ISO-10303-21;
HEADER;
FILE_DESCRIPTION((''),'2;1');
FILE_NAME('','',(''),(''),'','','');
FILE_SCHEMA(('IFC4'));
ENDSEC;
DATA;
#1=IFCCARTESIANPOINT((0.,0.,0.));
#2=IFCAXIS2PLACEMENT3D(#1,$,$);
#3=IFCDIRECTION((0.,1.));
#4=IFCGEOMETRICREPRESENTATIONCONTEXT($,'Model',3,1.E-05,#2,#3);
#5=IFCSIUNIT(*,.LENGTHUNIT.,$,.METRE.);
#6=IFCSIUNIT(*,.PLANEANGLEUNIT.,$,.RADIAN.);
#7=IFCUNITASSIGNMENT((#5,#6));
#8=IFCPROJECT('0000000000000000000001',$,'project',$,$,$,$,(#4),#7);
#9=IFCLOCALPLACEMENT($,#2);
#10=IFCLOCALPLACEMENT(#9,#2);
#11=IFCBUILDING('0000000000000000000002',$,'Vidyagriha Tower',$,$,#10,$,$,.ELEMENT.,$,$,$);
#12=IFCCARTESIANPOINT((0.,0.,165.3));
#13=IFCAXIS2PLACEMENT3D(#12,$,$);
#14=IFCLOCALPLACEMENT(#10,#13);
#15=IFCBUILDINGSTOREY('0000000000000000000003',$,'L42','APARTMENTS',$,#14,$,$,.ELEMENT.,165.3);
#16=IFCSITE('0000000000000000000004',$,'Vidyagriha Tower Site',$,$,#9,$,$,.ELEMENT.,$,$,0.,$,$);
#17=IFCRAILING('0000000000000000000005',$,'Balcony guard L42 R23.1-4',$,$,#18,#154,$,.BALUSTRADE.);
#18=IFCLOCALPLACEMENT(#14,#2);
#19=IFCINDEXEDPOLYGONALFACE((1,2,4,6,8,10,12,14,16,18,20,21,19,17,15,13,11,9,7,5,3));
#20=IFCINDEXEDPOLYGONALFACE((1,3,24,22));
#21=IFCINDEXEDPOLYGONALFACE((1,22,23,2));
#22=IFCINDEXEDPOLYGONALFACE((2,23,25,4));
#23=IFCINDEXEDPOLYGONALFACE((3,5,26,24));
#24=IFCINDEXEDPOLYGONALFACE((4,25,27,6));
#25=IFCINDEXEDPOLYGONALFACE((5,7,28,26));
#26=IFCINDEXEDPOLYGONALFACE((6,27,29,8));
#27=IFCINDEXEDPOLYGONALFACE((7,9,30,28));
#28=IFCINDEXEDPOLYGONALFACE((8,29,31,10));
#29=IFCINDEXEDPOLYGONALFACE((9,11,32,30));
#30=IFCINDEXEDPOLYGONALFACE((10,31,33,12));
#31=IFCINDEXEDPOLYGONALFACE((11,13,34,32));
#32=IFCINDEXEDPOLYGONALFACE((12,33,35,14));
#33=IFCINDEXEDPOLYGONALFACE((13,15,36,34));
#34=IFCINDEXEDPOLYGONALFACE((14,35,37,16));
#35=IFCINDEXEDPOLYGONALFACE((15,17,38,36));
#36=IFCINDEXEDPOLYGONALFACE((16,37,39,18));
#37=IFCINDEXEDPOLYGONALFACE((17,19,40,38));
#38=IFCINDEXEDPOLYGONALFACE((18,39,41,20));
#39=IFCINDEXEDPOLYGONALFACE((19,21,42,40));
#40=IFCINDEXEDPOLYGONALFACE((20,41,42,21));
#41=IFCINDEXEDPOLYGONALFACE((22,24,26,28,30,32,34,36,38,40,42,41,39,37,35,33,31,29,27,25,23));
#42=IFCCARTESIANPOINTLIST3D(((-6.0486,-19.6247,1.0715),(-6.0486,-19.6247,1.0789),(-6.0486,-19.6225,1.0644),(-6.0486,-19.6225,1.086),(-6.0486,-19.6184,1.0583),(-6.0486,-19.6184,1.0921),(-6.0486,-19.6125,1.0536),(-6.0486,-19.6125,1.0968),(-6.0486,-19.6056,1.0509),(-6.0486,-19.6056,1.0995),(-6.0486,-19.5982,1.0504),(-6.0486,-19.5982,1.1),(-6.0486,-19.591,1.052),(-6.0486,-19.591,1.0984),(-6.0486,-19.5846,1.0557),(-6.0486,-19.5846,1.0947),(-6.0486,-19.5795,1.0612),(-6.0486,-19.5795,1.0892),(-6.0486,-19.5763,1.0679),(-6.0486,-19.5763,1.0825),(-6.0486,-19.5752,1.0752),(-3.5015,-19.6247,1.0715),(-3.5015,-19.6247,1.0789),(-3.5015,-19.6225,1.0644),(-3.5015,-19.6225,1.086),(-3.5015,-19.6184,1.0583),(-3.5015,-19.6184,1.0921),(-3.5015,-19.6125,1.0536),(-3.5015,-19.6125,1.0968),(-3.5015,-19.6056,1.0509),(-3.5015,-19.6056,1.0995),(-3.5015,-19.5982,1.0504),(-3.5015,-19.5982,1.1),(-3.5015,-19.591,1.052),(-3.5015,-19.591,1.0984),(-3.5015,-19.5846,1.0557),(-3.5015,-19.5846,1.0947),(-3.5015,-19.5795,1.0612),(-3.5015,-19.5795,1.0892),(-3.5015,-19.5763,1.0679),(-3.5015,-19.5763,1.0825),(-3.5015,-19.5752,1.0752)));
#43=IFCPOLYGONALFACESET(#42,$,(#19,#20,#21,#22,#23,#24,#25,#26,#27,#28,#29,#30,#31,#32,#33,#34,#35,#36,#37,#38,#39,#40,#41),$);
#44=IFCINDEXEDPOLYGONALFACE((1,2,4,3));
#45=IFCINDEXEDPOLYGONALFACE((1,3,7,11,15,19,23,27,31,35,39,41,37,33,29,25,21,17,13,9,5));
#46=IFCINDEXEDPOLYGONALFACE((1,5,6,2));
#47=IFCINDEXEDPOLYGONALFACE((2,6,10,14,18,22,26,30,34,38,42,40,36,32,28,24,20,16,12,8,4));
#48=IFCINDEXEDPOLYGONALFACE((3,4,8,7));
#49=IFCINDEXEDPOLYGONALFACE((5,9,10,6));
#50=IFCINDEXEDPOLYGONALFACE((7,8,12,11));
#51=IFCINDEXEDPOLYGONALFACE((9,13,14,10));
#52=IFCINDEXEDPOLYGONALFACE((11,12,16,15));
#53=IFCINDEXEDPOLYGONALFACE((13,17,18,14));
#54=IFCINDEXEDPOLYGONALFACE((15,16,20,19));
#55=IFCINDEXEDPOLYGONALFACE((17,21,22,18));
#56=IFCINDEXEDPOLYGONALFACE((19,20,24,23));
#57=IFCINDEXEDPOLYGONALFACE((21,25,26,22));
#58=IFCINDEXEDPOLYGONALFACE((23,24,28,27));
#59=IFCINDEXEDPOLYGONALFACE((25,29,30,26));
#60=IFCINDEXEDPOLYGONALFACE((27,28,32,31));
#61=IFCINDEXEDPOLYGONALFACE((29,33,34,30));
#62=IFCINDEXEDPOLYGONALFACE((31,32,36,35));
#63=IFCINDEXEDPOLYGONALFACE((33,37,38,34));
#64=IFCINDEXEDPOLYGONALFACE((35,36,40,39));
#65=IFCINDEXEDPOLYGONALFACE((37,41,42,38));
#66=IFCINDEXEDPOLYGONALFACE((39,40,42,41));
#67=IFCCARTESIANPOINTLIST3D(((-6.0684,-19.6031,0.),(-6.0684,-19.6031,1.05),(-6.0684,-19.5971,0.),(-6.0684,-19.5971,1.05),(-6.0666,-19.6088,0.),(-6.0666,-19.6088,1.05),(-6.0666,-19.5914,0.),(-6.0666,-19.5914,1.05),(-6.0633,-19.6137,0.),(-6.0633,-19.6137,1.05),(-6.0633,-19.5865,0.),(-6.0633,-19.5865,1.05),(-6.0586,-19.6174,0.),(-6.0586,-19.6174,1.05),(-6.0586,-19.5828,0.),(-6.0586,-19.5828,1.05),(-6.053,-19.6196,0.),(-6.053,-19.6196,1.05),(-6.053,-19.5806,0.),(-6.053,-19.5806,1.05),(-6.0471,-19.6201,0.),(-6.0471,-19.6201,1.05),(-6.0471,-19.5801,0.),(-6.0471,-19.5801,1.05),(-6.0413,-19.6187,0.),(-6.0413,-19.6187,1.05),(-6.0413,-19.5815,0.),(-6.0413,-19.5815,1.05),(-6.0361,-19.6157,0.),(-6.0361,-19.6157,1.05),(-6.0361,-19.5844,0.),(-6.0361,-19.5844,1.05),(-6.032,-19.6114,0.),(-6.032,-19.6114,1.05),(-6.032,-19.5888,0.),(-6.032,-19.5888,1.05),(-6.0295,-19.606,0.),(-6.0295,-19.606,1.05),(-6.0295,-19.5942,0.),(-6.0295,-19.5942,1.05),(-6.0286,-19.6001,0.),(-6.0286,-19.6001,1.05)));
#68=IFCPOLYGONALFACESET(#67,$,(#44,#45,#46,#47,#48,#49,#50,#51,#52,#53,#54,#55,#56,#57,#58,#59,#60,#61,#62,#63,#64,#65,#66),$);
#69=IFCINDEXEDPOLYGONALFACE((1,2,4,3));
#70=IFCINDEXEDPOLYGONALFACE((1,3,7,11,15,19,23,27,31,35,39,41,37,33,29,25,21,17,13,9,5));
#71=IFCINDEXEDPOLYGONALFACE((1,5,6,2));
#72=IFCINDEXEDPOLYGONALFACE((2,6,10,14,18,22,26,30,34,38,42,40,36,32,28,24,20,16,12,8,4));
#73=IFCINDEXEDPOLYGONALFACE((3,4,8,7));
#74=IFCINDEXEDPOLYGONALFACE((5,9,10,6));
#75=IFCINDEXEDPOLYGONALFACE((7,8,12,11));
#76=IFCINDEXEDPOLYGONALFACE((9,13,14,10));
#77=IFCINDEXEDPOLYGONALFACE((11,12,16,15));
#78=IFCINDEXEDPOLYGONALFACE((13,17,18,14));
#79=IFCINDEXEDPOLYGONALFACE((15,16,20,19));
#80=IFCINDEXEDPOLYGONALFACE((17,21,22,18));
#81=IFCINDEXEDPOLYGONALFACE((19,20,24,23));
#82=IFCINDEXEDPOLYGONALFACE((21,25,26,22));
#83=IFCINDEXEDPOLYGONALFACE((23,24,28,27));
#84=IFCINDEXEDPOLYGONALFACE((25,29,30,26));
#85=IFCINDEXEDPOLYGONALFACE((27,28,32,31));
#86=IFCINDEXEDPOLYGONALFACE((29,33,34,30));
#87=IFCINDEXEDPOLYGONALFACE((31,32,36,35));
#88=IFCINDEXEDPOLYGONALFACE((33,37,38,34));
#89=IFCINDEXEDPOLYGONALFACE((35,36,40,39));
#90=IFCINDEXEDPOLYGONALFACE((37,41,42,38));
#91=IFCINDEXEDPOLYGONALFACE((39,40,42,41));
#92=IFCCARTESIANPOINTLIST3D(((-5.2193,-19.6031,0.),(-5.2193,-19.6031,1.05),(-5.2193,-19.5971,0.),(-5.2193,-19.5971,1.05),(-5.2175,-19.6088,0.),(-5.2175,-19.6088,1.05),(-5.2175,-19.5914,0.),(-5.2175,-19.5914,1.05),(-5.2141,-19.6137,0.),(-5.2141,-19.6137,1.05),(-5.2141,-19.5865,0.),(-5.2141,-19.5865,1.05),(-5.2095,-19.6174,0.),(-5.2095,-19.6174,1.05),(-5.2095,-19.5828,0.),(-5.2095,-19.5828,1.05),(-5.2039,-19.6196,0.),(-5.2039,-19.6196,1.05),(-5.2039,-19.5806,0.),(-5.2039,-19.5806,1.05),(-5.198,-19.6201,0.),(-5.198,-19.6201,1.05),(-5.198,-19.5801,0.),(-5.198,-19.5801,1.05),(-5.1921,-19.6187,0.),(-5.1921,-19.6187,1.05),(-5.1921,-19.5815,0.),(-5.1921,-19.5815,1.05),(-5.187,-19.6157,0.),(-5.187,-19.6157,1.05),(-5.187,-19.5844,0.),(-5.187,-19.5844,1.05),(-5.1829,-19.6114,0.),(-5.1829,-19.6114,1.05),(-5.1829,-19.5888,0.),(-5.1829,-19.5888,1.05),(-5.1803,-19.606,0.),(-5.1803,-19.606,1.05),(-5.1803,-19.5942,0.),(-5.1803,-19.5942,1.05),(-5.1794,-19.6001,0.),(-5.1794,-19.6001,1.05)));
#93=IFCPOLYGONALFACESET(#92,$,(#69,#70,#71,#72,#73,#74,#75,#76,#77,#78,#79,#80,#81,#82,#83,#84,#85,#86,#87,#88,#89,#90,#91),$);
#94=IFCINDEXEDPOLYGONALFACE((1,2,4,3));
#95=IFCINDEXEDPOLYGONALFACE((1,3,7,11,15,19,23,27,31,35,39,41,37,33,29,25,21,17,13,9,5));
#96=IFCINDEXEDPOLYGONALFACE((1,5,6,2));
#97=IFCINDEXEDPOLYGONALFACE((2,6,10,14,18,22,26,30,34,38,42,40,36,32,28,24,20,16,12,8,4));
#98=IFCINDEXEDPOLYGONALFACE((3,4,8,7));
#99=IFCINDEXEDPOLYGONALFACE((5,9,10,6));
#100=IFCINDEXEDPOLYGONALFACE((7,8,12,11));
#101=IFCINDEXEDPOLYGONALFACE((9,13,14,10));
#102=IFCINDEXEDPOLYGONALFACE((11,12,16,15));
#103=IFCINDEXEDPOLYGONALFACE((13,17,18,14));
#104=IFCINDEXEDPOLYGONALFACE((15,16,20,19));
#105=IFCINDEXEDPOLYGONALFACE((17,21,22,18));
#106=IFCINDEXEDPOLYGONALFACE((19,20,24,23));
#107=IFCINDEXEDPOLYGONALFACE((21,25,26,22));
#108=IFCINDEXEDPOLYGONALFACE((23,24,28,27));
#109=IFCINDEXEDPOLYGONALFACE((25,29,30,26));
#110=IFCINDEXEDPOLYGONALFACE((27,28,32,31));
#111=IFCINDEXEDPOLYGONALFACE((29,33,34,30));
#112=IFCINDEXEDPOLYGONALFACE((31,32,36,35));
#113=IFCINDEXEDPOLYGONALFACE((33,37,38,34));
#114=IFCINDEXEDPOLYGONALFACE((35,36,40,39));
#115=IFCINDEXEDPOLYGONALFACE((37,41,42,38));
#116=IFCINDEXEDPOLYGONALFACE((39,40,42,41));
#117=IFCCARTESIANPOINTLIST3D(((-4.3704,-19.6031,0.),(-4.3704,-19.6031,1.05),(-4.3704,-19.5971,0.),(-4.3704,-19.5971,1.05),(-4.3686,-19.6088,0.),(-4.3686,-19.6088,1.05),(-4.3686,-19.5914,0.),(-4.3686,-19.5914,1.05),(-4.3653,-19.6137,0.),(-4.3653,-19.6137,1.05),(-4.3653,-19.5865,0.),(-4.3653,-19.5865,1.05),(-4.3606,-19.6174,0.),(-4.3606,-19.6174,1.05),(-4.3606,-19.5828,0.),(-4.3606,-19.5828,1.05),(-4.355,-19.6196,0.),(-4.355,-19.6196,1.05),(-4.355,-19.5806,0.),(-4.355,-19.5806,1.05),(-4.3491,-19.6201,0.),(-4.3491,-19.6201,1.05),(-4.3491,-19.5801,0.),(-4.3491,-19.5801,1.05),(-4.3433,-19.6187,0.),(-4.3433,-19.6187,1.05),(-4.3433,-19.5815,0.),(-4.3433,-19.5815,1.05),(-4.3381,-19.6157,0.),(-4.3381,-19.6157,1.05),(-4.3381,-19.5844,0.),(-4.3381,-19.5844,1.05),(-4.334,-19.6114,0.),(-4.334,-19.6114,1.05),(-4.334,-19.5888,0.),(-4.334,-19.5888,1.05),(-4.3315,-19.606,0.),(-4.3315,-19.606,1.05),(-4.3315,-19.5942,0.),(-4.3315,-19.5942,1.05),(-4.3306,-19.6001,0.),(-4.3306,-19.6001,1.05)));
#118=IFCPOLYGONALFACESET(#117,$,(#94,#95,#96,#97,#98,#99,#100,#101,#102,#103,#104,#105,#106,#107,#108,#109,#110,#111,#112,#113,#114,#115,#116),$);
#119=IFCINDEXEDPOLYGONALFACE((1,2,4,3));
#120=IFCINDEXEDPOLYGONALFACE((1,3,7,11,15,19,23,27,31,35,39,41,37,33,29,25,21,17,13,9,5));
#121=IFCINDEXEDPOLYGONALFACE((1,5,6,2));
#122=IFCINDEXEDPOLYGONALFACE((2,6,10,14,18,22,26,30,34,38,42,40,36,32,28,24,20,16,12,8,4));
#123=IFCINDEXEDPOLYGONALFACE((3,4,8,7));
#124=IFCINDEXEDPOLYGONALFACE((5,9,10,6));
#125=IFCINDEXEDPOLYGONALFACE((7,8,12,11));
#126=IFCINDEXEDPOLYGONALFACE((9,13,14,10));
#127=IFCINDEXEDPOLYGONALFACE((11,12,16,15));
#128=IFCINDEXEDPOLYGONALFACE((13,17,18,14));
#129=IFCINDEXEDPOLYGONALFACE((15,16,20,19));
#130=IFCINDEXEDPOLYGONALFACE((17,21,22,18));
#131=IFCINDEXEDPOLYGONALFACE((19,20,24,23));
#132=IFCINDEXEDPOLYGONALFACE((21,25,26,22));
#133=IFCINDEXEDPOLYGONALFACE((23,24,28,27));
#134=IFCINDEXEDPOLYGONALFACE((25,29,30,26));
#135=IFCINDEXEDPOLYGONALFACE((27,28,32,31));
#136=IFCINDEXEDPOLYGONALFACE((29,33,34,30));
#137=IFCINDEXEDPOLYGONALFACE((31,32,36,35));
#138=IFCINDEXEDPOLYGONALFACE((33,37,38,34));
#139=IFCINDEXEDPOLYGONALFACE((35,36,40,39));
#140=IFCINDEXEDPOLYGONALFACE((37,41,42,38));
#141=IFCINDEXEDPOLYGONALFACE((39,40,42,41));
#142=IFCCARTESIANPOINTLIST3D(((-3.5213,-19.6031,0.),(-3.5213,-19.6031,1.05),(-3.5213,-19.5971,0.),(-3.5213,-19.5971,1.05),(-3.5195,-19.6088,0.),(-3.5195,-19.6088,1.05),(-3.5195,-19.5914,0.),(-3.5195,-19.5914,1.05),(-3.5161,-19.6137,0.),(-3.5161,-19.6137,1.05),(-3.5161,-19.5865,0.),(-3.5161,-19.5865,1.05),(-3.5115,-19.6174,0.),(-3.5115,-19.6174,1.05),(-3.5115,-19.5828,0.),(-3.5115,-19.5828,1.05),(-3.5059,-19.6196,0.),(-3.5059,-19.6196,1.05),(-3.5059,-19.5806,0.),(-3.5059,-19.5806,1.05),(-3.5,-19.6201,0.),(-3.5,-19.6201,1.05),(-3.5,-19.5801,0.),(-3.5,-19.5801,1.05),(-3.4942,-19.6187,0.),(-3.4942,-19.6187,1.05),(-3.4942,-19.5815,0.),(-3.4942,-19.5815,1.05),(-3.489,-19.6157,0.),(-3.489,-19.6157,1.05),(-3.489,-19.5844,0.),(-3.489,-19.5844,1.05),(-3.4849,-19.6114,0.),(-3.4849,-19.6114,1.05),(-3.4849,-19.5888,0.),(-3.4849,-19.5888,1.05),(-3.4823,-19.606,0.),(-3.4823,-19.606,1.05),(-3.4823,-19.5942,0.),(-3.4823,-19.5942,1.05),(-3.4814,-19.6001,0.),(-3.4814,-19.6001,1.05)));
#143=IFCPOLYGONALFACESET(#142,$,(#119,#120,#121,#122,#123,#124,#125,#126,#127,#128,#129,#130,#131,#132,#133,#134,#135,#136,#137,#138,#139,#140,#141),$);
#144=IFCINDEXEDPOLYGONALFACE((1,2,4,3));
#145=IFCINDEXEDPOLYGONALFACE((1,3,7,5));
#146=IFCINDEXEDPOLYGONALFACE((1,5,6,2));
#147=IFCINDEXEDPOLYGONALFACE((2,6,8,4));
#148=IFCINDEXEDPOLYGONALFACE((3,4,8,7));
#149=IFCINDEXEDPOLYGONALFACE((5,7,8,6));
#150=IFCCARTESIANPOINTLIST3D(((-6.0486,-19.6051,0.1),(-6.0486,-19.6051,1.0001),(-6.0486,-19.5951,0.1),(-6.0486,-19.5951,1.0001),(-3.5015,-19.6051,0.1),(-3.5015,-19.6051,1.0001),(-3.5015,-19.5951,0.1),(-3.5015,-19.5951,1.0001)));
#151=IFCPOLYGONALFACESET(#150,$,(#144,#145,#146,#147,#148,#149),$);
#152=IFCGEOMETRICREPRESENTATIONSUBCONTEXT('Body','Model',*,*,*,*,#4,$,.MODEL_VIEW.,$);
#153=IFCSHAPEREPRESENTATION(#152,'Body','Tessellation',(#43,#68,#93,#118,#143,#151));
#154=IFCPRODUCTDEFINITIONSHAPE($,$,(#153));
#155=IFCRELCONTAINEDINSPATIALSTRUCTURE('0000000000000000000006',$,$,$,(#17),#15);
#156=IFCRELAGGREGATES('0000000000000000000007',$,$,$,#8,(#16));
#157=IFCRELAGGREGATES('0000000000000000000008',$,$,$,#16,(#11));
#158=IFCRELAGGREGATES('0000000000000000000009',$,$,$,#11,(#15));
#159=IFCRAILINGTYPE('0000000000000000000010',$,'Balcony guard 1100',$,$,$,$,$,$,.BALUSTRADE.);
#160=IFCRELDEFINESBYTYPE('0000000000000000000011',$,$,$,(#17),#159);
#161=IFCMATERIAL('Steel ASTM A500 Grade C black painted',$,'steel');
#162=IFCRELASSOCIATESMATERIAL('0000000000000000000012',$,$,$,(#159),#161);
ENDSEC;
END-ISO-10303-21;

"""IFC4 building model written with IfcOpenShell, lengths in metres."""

from ifc_helpers import new_model, si_unit, direction, frame, origin, origin_2d, place, context, subcontext, project, spatial, rectangle, circle, extrude, material, type_object, element, save


model = new_model("IFC4")

# Units and contexts
model_context = context("Model", 3, precision=1e-05, world=origin(), true_north=direction((0.0, 1.0)))
body_context = subcontext(model_context, "Body", "Model", "MODEL_VIEW")
ifc_project = project(units=[si_unit("LENGTHUNIT", "METRE"), si_unit("PLANEANGLEUNIT", "RADIAN")], contexts=[model_context])

# Site, building, storey
site_placement = place(None, origin())
site = spatial("IfcSite", under=ifc_project, at=site_placement, Name="Vidyagriha Tower Site", CompositionType="ELEMENT", RefElevation=0.0)
building_placement = place(site_placement, origin())
building = spatial("IfcBuilding", under=site, at=building_placement, Name="Vidyagriha Tower", CompositionType="ELEMENT")
storey_placement = place(building_placement, frame((0.0, 0.0, 165.3)))
storey = spatial("IfcBuildingStorey", under=building, at=storey_placement, Name="L42", Description="APARTMENTS", CompositionType="ELEMENT", Elevation=165.3)

# Railing
ifc_material_1 = material(Name="Steel ASTM A500 Grade C black painted", Category="steel")
railing_type = type_object("IfcRailingType", Name="Balcony guard 1100", PredefinedType="BALUSTRADE", material=ifc_material_1)
railing_1_placement = place(storey_placement, frame((-6.0486, -19.6001, 0.0)))
element("IfcRailing", 1, at=railing_1_placement, inside=storey, type_object=railing_type, Name="Balcony guard L42 R23.1-4", PredefinedType="BALUSTRADE", context=body_context, shape_type="SweptSolid", body=[
    extrude(circle(Radius=0.0249, at=origin_2d()), frame((0.0, 0.0, 1.0752), z_axis=(1.0, 0.0, 0.0), x_axis=(0.0, 1.0, 0.0)), (0.0, 0.0, 1.0), 2.5471),
    extrude(circle(Radius=0.02, at=origin_2d()), origin(), (0.0, 0.0, 1.0), 1.05),
    extrude(circle(Radius=0.02, at=origin_2d()), frame((0.8491, 0.0, 0.0)), (0.0, 0.0, 1.0), 1.05),
    extrude(circle(Radius=0.02, at=origin_2d()), frame((1.698, 0.0, 0.0)), (0.0, 0.0, 1.0), 1.05),
    extrude(circle(Radius=0.02, at=origin_2d()), frame((2.5471, 0.0, 0.0)), (0.0, 0.0, 1.0), 1.05),
    extrude(rectangle(XDim=0.01, YDim=0.9001, at=origin_2d()), frame((0.0, 0.0, 0.55), z_axis=(1.0, 0.0, 0.0), x_axis=(0.0, 1.0, 0.0)), (0.0, 0.0, 1.0), 2.5471),
])

save(model, "model.ifc")
